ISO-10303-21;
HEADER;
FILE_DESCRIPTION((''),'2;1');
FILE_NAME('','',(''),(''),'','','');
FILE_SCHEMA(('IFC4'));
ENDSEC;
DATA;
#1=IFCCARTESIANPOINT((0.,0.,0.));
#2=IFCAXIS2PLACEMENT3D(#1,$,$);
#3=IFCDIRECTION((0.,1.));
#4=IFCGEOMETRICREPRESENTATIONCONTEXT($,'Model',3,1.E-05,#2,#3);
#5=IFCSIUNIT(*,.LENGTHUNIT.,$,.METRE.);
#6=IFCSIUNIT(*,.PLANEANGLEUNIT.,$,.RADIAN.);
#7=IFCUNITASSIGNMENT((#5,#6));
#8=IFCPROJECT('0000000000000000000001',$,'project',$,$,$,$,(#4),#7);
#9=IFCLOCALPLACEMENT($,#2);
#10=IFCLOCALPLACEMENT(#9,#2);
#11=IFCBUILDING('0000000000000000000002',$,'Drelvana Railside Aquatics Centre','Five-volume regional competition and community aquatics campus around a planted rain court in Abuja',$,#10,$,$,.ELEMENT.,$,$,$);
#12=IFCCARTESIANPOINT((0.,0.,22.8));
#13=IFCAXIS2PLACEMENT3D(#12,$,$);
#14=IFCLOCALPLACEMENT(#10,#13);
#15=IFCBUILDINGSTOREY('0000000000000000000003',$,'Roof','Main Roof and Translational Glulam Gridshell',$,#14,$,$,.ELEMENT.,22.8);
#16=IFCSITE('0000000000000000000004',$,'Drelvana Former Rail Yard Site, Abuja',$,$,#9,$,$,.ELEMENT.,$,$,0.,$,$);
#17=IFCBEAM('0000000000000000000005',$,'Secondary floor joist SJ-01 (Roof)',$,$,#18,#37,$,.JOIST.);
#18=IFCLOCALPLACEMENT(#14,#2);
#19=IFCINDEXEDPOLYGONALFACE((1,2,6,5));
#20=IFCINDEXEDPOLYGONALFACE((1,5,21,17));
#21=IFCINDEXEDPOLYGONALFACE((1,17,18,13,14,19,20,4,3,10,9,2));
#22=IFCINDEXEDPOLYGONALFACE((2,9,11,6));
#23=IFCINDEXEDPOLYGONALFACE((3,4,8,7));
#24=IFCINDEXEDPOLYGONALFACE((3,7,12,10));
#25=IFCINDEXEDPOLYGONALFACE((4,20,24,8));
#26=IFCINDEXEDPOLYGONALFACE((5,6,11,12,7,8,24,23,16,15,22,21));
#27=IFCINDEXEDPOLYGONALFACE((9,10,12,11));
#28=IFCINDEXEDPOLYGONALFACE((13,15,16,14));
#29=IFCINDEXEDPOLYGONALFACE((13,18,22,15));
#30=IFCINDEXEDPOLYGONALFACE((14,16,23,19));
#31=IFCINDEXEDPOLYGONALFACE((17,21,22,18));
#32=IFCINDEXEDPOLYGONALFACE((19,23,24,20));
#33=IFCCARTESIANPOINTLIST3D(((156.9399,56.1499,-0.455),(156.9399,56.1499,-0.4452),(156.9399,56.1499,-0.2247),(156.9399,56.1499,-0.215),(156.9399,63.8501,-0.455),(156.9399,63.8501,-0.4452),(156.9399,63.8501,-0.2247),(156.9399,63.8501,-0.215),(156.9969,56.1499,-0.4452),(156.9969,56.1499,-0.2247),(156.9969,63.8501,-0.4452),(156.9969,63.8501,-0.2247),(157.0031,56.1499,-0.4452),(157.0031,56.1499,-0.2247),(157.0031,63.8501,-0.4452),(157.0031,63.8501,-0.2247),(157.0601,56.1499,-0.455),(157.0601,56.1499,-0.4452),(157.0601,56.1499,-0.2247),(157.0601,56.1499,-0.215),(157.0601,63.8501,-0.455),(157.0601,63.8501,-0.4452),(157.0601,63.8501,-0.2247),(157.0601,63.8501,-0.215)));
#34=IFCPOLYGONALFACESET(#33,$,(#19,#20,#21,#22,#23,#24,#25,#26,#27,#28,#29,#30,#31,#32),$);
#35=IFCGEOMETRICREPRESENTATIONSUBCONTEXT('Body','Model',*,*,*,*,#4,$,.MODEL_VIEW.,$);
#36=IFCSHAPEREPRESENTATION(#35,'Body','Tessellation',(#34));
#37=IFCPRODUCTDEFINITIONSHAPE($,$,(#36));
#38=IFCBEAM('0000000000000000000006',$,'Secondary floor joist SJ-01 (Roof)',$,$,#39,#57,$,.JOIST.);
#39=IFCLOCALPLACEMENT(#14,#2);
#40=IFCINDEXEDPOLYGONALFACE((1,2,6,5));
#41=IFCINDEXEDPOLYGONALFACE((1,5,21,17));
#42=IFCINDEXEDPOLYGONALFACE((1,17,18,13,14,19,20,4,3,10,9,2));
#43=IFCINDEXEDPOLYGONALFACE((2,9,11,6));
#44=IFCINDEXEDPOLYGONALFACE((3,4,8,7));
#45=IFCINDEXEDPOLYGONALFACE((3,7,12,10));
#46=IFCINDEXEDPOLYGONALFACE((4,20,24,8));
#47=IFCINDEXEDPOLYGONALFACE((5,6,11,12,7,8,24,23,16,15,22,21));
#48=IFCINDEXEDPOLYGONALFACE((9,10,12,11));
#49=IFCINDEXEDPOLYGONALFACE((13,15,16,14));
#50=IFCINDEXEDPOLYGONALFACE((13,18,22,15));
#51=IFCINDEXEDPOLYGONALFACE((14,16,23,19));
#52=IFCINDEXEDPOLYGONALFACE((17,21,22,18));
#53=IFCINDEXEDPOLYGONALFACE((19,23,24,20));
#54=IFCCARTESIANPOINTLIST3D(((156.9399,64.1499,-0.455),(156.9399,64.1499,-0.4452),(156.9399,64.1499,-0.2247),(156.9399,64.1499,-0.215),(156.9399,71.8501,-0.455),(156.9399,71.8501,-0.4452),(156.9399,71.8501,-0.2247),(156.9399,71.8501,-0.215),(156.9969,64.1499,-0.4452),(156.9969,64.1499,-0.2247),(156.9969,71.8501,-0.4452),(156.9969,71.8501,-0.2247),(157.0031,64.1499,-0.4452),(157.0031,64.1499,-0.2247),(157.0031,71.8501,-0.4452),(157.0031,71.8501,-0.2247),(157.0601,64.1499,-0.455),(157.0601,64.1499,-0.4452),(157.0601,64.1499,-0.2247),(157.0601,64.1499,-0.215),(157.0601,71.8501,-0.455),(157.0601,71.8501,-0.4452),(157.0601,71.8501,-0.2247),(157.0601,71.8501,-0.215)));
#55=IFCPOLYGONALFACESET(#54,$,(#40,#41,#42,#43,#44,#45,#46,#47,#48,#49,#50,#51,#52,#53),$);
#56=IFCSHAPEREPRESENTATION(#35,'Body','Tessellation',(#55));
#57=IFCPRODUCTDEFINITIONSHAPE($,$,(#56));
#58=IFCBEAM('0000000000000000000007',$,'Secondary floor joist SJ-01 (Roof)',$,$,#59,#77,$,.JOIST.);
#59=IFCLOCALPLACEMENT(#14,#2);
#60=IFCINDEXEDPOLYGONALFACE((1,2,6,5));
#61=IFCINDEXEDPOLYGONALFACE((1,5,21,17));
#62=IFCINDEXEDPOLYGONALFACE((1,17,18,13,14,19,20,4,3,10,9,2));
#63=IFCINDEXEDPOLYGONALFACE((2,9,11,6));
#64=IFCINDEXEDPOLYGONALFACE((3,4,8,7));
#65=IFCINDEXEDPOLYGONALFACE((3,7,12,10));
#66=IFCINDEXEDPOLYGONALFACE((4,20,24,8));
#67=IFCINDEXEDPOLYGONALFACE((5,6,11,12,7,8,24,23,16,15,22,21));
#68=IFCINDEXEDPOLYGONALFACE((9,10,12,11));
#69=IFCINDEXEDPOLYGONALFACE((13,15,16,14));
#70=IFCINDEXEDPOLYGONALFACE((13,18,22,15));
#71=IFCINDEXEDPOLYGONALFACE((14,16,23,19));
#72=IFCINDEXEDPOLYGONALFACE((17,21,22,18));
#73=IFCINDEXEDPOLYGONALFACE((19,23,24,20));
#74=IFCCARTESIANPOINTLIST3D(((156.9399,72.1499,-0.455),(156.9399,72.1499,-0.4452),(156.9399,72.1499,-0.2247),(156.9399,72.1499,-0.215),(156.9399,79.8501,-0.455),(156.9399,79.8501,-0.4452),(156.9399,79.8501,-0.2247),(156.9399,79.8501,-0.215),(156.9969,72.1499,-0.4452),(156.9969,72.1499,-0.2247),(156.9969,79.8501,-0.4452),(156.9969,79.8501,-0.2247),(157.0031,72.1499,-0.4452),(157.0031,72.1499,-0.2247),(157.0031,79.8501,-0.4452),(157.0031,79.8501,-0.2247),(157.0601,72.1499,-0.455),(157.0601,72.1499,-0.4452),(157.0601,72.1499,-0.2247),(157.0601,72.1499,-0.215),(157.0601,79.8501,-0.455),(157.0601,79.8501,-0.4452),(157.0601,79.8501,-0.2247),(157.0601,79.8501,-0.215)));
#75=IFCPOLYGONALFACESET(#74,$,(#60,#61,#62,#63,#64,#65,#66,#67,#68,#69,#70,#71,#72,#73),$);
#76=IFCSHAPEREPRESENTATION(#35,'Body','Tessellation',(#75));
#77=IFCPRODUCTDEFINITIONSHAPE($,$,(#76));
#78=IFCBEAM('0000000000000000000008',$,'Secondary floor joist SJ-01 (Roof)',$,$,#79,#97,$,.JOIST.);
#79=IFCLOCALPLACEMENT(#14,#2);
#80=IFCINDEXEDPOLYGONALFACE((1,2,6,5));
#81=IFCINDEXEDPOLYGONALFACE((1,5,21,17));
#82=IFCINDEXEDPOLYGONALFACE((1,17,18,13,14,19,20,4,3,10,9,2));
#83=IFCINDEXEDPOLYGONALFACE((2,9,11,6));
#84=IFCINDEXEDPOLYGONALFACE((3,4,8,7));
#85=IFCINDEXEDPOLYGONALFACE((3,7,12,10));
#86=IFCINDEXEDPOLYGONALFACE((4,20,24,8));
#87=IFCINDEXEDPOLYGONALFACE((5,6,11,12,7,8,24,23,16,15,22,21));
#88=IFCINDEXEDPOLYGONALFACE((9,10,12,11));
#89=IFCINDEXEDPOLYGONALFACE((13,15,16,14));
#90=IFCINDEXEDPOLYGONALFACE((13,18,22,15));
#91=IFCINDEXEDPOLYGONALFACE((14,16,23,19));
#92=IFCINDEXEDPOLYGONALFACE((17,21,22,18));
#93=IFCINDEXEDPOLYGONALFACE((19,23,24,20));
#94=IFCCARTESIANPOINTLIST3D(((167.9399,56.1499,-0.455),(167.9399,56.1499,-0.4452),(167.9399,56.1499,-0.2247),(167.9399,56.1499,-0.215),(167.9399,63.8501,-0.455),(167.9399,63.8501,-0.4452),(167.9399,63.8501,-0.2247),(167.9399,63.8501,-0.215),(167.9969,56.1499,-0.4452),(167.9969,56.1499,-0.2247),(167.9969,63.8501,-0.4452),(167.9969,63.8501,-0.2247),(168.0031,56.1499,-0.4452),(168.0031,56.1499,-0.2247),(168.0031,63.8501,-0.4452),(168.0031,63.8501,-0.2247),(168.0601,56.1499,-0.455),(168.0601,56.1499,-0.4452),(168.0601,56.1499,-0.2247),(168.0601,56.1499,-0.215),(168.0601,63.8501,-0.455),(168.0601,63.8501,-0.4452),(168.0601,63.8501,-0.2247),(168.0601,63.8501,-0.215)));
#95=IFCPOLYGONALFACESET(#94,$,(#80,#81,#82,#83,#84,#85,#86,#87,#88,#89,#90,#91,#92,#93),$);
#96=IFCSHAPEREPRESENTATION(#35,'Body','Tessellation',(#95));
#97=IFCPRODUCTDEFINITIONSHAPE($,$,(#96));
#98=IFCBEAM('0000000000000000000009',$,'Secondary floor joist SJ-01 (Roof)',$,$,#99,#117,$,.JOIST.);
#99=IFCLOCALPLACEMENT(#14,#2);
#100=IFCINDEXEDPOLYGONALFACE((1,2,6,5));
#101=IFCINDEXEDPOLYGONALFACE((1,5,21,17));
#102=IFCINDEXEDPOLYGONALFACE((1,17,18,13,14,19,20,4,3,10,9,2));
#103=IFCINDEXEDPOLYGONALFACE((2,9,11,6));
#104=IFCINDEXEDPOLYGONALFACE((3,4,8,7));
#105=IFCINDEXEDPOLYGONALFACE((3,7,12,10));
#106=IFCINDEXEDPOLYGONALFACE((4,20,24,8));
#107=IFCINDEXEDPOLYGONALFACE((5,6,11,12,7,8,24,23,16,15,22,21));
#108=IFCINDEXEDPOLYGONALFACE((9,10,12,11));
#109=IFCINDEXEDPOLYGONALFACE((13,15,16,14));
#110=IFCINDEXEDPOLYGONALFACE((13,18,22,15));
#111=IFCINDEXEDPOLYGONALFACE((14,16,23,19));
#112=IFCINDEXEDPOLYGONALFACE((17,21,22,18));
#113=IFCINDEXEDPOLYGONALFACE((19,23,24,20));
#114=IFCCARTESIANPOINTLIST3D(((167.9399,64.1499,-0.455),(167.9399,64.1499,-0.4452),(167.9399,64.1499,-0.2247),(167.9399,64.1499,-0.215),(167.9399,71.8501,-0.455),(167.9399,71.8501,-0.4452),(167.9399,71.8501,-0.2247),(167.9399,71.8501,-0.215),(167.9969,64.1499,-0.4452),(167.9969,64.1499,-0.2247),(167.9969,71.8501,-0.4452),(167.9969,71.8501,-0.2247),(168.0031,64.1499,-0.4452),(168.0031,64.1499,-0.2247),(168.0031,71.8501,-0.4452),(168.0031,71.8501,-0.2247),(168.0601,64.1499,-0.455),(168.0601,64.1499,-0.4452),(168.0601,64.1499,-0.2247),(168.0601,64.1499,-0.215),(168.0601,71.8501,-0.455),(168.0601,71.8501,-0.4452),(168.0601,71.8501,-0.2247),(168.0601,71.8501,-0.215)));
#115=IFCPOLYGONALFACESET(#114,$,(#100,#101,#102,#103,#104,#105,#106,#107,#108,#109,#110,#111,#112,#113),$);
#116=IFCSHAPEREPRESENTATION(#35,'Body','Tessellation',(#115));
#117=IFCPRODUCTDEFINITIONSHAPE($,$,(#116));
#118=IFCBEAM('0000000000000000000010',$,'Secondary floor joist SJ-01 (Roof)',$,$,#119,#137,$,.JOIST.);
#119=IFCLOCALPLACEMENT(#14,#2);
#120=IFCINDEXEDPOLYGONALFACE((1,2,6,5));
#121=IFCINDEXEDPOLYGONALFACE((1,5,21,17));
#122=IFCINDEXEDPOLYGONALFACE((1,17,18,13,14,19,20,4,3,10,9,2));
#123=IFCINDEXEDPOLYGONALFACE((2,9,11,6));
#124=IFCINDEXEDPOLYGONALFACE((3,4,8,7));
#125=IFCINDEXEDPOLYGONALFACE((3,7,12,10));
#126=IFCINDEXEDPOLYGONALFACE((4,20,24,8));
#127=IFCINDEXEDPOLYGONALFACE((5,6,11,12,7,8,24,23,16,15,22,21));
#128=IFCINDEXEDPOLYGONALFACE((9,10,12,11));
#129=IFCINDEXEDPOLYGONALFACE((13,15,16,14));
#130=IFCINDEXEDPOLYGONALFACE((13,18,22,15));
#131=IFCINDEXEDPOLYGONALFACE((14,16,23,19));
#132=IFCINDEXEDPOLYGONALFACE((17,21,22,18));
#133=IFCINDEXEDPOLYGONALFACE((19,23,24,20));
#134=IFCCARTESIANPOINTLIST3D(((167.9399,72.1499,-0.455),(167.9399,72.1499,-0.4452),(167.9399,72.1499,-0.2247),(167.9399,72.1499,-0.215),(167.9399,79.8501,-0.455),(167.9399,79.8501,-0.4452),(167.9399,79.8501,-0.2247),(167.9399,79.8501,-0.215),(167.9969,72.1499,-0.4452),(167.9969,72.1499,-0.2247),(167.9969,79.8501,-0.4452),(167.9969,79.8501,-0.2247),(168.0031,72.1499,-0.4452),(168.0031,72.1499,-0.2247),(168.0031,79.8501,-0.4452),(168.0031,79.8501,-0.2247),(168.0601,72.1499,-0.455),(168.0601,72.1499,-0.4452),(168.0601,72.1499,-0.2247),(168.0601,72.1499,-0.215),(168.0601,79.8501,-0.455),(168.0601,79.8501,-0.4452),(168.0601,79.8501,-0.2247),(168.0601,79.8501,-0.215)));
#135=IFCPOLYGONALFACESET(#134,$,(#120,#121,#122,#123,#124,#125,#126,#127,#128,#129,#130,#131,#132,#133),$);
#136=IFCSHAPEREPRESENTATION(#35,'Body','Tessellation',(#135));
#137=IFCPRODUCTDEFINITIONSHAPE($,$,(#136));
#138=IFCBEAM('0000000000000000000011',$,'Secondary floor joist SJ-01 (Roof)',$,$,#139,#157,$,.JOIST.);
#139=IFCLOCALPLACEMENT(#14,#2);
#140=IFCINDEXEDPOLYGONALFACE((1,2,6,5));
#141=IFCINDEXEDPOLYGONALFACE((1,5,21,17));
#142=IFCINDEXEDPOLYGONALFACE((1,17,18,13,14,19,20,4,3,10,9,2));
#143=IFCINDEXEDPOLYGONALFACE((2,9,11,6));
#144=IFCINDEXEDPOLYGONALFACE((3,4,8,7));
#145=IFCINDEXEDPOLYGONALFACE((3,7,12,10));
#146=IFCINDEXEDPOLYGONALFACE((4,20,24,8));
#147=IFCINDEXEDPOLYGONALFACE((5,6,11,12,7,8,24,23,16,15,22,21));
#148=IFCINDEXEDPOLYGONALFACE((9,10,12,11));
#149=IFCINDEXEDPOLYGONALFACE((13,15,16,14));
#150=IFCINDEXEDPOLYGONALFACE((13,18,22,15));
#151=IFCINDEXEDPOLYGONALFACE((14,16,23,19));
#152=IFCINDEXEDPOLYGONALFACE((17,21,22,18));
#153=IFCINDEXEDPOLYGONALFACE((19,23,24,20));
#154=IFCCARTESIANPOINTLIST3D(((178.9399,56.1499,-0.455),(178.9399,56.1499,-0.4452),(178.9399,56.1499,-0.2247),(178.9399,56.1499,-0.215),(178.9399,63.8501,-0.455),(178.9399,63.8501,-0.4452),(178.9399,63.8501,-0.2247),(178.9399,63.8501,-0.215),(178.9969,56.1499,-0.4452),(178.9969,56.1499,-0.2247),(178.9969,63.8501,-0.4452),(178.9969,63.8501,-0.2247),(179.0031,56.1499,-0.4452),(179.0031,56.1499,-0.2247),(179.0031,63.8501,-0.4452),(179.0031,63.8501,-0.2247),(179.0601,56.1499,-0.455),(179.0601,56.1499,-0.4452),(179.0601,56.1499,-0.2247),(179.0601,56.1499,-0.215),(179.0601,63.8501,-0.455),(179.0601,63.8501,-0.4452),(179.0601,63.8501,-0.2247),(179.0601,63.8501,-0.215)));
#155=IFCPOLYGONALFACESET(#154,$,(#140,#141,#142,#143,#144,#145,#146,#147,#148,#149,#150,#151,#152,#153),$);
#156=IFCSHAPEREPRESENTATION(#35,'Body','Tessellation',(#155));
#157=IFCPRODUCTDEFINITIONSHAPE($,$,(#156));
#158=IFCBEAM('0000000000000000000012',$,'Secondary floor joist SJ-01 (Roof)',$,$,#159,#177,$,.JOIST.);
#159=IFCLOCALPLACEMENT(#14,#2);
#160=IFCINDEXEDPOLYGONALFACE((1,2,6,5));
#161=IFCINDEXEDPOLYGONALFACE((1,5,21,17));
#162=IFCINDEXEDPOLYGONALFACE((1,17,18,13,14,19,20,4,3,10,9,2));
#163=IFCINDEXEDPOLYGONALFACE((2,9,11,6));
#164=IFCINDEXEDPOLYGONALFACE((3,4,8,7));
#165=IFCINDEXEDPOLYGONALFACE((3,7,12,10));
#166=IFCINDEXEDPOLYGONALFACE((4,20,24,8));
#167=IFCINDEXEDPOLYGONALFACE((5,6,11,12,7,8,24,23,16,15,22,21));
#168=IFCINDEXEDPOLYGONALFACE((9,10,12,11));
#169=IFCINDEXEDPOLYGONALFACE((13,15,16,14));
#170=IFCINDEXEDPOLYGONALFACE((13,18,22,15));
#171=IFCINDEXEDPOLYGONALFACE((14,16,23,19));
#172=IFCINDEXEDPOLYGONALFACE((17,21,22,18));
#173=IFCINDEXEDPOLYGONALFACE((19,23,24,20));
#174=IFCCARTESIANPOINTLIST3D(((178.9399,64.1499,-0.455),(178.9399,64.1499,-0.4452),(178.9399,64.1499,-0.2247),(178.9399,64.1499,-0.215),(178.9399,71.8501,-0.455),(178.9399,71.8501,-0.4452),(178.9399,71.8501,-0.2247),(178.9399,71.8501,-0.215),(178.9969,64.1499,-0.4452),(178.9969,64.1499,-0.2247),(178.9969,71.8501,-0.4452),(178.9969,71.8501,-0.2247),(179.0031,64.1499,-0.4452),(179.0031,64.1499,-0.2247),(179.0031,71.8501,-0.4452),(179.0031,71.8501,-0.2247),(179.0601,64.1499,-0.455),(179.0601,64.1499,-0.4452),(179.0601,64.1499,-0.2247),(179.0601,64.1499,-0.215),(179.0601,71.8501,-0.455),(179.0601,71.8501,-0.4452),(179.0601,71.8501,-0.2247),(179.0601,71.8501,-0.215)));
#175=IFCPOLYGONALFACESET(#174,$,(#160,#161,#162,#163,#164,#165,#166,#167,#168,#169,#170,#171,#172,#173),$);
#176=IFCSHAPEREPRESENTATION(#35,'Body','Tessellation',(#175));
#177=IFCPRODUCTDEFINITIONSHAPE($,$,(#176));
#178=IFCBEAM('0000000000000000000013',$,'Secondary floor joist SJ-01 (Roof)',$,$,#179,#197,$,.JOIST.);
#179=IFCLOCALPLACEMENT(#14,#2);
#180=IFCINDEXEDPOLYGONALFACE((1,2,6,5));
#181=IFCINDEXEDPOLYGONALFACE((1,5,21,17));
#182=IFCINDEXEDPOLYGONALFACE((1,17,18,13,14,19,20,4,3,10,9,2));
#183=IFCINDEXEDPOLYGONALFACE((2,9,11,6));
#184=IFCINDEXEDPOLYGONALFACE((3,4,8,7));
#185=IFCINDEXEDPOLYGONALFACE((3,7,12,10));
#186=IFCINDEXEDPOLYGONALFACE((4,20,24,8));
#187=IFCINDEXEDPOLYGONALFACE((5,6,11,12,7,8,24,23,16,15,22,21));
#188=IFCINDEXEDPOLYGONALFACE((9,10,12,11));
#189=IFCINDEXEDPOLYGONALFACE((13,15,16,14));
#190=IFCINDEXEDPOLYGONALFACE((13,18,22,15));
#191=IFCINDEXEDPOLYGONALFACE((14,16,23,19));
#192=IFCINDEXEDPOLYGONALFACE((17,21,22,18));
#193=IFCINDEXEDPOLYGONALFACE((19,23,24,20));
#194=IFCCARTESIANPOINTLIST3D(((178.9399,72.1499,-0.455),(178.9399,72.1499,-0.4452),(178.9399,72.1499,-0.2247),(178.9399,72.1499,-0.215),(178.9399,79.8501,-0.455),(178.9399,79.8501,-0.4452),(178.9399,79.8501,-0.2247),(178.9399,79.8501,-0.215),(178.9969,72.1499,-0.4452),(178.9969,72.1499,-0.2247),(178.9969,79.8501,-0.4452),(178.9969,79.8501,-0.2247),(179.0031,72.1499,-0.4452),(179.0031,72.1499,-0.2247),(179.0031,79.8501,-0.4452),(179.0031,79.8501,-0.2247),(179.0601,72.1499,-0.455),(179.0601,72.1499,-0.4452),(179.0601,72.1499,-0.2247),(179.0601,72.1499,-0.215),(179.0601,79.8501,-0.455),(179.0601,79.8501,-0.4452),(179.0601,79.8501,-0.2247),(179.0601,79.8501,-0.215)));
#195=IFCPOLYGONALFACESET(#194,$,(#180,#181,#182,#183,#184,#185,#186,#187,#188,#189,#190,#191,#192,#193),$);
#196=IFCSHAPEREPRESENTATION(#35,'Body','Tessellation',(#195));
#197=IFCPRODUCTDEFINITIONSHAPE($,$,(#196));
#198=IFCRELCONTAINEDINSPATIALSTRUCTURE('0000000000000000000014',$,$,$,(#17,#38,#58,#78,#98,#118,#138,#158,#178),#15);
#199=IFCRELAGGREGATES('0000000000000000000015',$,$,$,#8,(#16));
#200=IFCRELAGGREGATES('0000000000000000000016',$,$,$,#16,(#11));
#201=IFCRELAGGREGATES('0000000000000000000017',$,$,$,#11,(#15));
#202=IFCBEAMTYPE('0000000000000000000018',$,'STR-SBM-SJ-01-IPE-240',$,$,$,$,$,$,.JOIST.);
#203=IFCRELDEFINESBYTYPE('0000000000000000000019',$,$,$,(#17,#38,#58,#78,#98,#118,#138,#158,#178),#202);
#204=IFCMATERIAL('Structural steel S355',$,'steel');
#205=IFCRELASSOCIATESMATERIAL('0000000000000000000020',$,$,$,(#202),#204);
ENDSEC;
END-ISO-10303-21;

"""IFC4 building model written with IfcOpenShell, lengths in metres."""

from ifc_helpers import new_model, si_unit, direction, frame, origin, origin_2d, place, context, subcontext, project, spatial, i_section, extrude, material, material_profile, profile_set, type_object, element, save


model = new_model("IFC4")

# Units and contexts
model_context = context("Model", 3, precision=1e-05, world=origin(), true_north=direction((0.0, 1.0)))
body_context = subcontext(model_context, "Body", "Model", "MODEL_VIEW")
ifc_project = project(units=[si_unit("LENGTHUNIT", "METRE"), si_unit("PLANEANGLEUNIT", "RADIAN")], contexts=[model_context])

# Site, building, storey
site_placement = place(None, origin())
site = spatial("IfcSite", under=ifc_project, at=site_placement, Name="Drelvana Former Rail Yard Site, Abuja", CompositionType="ELEMENT", RefElevation=0.0)
building_placement = place(site_placement, origin())
building = spatial("IfcBuilding", under=site, at=building_placement, Name="Drelvana Railside Aquatics Centre", Description="Five-volume regional competition and community aquatics campus around a planted rain court in Abuja", CompositionType="ELEMENT")
storey_placement = place(building_placement, frame((0.0, 0.0, 22.8)))
storey = spatial("IfcBuildingStorey", under=building, at=storey_placement, Name="Roof", Description="Main Roof and Translational Glulam Gridshell", CompositionType="ELEMENT", Elevation=22.8)

# Beams
ifc_material = material(Name="Structural steel S355", Category="steel")
ifc_material_profile_1 = material_profile(ifc_material, i_section(OverallWidth=0.1201, OverallDepth=0.24, WebThickness=0.0061, FlangeThickness=0.0098, at=origin_2d()), Name="IPE 240")
ifc_profile_set_1 = profile_set([ifc_material_profile_1], Name="Structural steel S355")
beam_type_1 = type_object("IfcBeamType", Name="STR-SBM-SJ-01-IPE-240", PredefinedType="JOIST", material=ifc_profile_set_1)
for number, where, z_axis, x_axis, name in (
    (1, (157.0, 56.1499, -0.335), (0.0, 1.0, 0.0), (-1.0, 0.0, 0.0), "Secondary floor joist SJ-01 (Roof)"),
    (2, (157.0, 64.1499, -0.335), (0.0, 1.0, 0.0), (-1.0, 0.0, 0.0), "Secondary floor joist SJ-01 (Roof)"),
    (3, (157.0, 72.1499, -0.335), (0.0, 1.0, 0.0), (-1.0, 0.0, 0.0), "Secondary floor joist SJ-01 (Roof)"),
    (4, (168.0, 56.1499, -0.335), (0.0, 1.0, 0.0), (-1.0, 0.0, 0.0), "Secondary floor joist SJ-01 (Roof)"),
    (5, (168.0, 64.1499, -0.335), (0.0, 1.0, 0.0), (-1.0, 0.0, 0.0), "Secondary floor joist SJ-01 (Roof)"),
    (6, (168.0, 72.1499, -0.335), (0.0, 1.0, 0.0), (-1.0, 0.0, 0.0), "Secondary floor joist SJ-01 (Roof)"),
    (7, (179.0, 56.1499, -0.335), (0.0, 1.0, 0.0), (-1.0, 0.0, 0.0), "Secondary floor joist SJ-01 (Roof)"),
    (8, (179.0, 64.1499, -0.335), (0.0, 1.0, 0.0), (-1.0, 0.0, 0.0), "Secondary floor joist SJ-01 (Roof)"),
    (9, (179.0, 72.1499, -0.335), (0.0, 1.0, 0.0), (-1.0, 0.0, 0.0), "Secondary floor joist SJ-01 (Roof)"),
):
    element("IfcBeam", number, at=place(storey_placement, frame(where, z_axis=z_axis, x_axis=x_axis)), inside=storey, type_object=beam_type_1, Name=name, PredefinedType="JOIST", context=body_context, shape_type="SweptSolid", body=[
        extrude(i_section(OverallWidth=0.1201, OverallDepth=0.24, WebThickness=0.0061, FlangeThickness=0.0098, at=origin_2d()), origin(), (0.0, 0.0, 1.0), 7.7002),
    ])

save(model, "model.ifc")
